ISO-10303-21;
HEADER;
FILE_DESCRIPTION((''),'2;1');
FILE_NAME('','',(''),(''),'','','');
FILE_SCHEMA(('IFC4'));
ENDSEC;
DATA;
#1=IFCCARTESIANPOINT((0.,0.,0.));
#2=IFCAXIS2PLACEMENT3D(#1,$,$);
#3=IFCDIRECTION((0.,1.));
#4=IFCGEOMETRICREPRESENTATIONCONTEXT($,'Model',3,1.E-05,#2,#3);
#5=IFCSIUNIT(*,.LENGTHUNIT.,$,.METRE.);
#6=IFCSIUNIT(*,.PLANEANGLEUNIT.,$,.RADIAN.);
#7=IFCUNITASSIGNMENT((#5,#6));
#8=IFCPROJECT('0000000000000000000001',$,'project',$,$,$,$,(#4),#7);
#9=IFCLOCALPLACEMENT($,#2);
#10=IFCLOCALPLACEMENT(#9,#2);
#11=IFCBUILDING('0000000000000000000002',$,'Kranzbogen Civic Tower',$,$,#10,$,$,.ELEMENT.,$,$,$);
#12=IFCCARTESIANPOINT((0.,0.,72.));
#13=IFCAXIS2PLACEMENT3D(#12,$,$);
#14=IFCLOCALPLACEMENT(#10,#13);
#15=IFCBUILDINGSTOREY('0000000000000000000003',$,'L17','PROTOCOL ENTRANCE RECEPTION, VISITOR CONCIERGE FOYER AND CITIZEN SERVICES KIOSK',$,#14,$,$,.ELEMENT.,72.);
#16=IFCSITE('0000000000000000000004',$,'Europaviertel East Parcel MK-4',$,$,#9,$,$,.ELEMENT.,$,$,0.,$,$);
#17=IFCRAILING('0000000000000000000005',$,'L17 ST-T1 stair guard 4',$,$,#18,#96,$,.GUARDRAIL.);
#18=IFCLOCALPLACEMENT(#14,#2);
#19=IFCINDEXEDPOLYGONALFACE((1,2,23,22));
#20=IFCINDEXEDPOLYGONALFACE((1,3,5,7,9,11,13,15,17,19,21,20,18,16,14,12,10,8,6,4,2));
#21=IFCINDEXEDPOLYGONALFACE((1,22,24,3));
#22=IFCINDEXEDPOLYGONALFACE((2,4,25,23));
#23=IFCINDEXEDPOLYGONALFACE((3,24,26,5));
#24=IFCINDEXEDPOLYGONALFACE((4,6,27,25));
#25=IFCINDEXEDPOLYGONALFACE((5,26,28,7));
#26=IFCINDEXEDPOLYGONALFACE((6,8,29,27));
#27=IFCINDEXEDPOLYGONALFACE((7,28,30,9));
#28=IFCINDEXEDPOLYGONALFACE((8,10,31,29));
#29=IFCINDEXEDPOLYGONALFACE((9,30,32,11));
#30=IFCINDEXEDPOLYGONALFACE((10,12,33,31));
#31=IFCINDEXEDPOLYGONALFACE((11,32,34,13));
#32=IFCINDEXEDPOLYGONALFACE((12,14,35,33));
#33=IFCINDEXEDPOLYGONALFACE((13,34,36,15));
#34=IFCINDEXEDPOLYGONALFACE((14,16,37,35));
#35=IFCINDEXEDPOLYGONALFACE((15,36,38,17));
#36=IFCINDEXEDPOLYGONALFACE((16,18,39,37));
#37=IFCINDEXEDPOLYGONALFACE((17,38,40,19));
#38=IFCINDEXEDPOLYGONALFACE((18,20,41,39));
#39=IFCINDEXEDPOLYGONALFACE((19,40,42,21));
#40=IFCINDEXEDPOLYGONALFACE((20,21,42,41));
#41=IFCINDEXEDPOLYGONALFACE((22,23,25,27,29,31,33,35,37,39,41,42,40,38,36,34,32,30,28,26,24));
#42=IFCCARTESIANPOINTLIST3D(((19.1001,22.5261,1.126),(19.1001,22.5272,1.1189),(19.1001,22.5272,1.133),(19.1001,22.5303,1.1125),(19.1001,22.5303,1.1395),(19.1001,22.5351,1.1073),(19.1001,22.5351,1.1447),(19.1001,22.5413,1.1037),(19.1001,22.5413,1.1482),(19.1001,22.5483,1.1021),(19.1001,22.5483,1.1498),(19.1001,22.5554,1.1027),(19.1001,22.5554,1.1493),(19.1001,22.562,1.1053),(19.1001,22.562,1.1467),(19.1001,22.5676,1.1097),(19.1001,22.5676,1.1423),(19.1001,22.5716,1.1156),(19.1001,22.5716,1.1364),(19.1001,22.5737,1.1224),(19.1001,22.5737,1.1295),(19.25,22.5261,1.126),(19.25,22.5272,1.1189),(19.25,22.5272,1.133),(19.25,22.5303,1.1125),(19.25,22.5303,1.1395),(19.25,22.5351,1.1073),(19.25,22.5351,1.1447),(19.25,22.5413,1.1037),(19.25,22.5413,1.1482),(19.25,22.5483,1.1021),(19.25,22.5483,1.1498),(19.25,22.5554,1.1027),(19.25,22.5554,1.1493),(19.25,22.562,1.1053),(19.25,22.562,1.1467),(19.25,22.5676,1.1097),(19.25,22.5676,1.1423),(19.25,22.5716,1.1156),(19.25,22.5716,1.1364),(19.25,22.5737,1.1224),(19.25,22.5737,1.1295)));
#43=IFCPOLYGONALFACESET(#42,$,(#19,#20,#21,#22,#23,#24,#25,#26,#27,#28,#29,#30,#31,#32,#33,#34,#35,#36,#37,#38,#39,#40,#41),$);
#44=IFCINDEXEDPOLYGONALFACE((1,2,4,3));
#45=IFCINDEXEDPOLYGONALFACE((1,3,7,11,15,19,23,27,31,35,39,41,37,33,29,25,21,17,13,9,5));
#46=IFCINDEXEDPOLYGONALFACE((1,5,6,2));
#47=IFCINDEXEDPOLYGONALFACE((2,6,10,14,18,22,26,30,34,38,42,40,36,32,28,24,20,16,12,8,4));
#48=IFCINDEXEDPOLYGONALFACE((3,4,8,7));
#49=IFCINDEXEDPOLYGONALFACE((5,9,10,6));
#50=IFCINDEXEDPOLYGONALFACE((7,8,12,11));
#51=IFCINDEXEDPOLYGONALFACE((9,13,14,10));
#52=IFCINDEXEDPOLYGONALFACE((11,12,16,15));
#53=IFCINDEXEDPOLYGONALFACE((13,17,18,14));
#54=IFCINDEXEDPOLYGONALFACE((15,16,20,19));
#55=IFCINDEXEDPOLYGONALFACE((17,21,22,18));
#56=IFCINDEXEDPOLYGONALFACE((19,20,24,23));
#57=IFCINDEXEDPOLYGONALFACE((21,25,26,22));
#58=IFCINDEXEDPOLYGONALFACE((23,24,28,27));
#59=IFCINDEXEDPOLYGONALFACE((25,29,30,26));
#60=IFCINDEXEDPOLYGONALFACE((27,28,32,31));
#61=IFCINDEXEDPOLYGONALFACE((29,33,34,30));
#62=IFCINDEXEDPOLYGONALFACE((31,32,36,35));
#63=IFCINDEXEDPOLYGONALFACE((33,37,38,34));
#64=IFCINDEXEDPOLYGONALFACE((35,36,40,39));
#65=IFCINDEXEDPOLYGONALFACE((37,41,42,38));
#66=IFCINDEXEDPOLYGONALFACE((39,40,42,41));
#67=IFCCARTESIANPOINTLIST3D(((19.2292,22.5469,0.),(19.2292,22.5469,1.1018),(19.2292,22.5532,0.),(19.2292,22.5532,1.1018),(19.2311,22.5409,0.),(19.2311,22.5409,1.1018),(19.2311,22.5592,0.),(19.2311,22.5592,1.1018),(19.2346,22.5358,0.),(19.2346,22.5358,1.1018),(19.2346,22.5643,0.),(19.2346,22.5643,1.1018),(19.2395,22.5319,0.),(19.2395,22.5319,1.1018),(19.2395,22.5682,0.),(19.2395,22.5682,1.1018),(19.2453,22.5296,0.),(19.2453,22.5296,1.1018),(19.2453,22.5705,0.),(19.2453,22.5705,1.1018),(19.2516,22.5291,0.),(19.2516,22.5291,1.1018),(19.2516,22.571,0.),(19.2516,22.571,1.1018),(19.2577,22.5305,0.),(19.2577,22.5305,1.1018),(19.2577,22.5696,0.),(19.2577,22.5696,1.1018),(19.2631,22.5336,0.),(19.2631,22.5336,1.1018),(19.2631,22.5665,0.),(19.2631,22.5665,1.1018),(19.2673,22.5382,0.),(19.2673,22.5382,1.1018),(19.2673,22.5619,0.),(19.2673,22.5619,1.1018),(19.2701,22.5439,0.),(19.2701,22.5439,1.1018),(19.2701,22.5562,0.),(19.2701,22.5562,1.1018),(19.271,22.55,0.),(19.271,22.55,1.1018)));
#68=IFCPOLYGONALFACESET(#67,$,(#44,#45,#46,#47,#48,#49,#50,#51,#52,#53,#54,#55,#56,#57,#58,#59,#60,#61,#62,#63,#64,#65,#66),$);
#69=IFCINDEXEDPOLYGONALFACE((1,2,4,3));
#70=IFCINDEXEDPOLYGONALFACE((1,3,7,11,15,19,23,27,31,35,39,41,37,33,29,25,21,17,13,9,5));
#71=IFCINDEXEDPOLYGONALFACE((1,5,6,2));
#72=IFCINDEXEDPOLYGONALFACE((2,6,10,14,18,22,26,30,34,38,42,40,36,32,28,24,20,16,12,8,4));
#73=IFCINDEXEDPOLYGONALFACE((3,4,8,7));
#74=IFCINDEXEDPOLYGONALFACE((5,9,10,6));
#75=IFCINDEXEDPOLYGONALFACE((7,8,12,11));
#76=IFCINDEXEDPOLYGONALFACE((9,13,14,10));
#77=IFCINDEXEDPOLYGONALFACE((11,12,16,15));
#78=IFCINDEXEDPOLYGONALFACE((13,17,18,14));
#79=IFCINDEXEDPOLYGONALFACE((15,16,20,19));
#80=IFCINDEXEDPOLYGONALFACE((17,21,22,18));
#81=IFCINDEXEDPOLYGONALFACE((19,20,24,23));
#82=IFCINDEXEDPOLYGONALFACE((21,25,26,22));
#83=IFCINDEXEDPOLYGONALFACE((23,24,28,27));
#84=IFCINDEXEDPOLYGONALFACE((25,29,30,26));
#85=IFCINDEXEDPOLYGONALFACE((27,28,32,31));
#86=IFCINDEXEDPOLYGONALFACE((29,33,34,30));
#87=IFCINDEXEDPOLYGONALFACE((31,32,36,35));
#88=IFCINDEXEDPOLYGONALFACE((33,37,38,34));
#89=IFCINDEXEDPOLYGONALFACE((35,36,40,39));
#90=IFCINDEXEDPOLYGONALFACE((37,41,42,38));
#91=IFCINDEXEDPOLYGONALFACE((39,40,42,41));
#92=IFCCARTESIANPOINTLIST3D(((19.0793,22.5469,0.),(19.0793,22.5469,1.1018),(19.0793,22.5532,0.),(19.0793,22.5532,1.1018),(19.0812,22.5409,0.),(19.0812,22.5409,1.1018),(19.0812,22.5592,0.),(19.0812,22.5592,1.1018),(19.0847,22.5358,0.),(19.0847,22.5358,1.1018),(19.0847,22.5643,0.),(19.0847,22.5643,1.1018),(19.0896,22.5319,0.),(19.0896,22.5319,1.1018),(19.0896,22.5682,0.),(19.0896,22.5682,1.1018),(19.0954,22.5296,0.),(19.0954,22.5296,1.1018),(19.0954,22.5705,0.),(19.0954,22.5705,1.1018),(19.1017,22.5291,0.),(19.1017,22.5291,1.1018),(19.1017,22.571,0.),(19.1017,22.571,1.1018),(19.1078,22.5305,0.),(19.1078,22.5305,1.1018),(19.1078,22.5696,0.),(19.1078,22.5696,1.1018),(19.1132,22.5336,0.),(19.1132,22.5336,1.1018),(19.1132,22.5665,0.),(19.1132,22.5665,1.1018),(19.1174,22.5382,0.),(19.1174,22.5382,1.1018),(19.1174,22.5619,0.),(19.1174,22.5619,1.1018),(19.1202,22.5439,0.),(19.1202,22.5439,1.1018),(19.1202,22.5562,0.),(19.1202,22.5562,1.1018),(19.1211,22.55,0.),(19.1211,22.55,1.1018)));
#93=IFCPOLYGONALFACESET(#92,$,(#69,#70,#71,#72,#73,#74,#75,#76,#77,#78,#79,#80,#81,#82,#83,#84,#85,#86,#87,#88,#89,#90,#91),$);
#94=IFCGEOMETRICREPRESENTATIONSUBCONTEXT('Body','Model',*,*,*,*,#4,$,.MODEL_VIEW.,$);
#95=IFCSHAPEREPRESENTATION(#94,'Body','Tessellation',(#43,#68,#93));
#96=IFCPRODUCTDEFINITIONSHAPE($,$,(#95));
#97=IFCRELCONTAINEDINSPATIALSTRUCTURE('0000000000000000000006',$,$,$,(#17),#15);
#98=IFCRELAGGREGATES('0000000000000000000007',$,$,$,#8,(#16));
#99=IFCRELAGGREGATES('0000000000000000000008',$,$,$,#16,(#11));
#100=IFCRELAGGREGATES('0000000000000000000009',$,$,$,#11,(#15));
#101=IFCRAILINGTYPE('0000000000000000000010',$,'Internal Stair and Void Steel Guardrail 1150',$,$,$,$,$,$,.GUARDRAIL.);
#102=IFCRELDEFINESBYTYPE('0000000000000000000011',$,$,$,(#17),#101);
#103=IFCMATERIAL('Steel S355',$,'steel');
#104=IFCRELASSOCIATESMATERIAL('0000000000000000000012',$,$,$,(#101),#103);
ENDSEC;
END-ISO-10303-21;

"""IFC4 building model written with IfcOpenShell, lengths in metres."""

from ifc_helpers import new_model, si_unit, direction, frame, origin, origin_2d, place, context, subcontext, project, spatial, circle, extrude, material, type_object, element, save


model = new_model("IFC4")

# Units and contexts
model_context = context("Model", 3, precision=1e-05, world=origin(), true_north=direction((0.0, 1.0)))
body_context = subcontext(model_context, "Body", "Model", "MODEL_VIEW")
ifc_project = project(units=[si_unit("LENGTHUNIT", "METRE"), si_unit("PLANEANGLEUNIT", "RADIAN")], contexts=[model_context])

# Site, building, storey
site_placement = place(None, origin())
site = spatial("IfcSite", under=ifc_project, at=site_placement, Name="Europaviertel East Parcel MK-4", CompositionType="ELEMENT", RefElevation=0.0)
building_placement = place(site_placement, origin())
building = spatial("IfcBuilding", under=site, at=building_placement, Name="Kranzbogen Civic Tower", CompositionType="ELEMENT")
storey_placement = place(building_placement, frame((0.0, 0.0, 72.0)))
storey = spatial("IfcBuildingStorey", under=building, at=storey_placement, Name="L17", Description="PROTOCOL ENTRANCE RECEPTION, VISITOR CONCIERGE FOYER AND CITIZEN SERVICES KIOSK", CompositionType="ELEMENT", Elevation=72.0)

# Shared definitions
ifc_material_1 = material(Name="Steel S355", Category="steel")

# Railing
railing_type_1 = type_object("IfcRailingType", Name="Internal Stair and Void Steel Guardrail 1150", PredefinedType="GUARDRAIL", material=ifc_material_1)
railing_1_placement = place(storey_placement, frame((19.25, 22.55, 0.0)))
element("IfcRailing", 1, at=railing_1_placement, inside=storey, type_object=railing_type_1, Name="L17 ST-T1 stair guard 4", PredefinedType="GUARDRAIL", context=body_context, shape_type="SweptSolid", body=[
    extrude(circle(Radius=0.0239, at=origin_2d()), frame((0.0, 0.0, 1.126), z_axis=(-1.0, 0.0, 0.0), x_axis=(0.0, -1.0, 0.0)), (0.0, 0.0, 1.0), 0.1499),
    extrude(circle(Radius=0.021, at=origin_2d()), origin(), (0.0, 0.0, 1.0), 1.1018),
    extrude(circle(Radius=0.021, at=origin_2d()), frame((-0.1499, 0.0, 0.0)), (0.0, 0.0, 1.0), 1.1018),
])

save(model, "model.ifc")
